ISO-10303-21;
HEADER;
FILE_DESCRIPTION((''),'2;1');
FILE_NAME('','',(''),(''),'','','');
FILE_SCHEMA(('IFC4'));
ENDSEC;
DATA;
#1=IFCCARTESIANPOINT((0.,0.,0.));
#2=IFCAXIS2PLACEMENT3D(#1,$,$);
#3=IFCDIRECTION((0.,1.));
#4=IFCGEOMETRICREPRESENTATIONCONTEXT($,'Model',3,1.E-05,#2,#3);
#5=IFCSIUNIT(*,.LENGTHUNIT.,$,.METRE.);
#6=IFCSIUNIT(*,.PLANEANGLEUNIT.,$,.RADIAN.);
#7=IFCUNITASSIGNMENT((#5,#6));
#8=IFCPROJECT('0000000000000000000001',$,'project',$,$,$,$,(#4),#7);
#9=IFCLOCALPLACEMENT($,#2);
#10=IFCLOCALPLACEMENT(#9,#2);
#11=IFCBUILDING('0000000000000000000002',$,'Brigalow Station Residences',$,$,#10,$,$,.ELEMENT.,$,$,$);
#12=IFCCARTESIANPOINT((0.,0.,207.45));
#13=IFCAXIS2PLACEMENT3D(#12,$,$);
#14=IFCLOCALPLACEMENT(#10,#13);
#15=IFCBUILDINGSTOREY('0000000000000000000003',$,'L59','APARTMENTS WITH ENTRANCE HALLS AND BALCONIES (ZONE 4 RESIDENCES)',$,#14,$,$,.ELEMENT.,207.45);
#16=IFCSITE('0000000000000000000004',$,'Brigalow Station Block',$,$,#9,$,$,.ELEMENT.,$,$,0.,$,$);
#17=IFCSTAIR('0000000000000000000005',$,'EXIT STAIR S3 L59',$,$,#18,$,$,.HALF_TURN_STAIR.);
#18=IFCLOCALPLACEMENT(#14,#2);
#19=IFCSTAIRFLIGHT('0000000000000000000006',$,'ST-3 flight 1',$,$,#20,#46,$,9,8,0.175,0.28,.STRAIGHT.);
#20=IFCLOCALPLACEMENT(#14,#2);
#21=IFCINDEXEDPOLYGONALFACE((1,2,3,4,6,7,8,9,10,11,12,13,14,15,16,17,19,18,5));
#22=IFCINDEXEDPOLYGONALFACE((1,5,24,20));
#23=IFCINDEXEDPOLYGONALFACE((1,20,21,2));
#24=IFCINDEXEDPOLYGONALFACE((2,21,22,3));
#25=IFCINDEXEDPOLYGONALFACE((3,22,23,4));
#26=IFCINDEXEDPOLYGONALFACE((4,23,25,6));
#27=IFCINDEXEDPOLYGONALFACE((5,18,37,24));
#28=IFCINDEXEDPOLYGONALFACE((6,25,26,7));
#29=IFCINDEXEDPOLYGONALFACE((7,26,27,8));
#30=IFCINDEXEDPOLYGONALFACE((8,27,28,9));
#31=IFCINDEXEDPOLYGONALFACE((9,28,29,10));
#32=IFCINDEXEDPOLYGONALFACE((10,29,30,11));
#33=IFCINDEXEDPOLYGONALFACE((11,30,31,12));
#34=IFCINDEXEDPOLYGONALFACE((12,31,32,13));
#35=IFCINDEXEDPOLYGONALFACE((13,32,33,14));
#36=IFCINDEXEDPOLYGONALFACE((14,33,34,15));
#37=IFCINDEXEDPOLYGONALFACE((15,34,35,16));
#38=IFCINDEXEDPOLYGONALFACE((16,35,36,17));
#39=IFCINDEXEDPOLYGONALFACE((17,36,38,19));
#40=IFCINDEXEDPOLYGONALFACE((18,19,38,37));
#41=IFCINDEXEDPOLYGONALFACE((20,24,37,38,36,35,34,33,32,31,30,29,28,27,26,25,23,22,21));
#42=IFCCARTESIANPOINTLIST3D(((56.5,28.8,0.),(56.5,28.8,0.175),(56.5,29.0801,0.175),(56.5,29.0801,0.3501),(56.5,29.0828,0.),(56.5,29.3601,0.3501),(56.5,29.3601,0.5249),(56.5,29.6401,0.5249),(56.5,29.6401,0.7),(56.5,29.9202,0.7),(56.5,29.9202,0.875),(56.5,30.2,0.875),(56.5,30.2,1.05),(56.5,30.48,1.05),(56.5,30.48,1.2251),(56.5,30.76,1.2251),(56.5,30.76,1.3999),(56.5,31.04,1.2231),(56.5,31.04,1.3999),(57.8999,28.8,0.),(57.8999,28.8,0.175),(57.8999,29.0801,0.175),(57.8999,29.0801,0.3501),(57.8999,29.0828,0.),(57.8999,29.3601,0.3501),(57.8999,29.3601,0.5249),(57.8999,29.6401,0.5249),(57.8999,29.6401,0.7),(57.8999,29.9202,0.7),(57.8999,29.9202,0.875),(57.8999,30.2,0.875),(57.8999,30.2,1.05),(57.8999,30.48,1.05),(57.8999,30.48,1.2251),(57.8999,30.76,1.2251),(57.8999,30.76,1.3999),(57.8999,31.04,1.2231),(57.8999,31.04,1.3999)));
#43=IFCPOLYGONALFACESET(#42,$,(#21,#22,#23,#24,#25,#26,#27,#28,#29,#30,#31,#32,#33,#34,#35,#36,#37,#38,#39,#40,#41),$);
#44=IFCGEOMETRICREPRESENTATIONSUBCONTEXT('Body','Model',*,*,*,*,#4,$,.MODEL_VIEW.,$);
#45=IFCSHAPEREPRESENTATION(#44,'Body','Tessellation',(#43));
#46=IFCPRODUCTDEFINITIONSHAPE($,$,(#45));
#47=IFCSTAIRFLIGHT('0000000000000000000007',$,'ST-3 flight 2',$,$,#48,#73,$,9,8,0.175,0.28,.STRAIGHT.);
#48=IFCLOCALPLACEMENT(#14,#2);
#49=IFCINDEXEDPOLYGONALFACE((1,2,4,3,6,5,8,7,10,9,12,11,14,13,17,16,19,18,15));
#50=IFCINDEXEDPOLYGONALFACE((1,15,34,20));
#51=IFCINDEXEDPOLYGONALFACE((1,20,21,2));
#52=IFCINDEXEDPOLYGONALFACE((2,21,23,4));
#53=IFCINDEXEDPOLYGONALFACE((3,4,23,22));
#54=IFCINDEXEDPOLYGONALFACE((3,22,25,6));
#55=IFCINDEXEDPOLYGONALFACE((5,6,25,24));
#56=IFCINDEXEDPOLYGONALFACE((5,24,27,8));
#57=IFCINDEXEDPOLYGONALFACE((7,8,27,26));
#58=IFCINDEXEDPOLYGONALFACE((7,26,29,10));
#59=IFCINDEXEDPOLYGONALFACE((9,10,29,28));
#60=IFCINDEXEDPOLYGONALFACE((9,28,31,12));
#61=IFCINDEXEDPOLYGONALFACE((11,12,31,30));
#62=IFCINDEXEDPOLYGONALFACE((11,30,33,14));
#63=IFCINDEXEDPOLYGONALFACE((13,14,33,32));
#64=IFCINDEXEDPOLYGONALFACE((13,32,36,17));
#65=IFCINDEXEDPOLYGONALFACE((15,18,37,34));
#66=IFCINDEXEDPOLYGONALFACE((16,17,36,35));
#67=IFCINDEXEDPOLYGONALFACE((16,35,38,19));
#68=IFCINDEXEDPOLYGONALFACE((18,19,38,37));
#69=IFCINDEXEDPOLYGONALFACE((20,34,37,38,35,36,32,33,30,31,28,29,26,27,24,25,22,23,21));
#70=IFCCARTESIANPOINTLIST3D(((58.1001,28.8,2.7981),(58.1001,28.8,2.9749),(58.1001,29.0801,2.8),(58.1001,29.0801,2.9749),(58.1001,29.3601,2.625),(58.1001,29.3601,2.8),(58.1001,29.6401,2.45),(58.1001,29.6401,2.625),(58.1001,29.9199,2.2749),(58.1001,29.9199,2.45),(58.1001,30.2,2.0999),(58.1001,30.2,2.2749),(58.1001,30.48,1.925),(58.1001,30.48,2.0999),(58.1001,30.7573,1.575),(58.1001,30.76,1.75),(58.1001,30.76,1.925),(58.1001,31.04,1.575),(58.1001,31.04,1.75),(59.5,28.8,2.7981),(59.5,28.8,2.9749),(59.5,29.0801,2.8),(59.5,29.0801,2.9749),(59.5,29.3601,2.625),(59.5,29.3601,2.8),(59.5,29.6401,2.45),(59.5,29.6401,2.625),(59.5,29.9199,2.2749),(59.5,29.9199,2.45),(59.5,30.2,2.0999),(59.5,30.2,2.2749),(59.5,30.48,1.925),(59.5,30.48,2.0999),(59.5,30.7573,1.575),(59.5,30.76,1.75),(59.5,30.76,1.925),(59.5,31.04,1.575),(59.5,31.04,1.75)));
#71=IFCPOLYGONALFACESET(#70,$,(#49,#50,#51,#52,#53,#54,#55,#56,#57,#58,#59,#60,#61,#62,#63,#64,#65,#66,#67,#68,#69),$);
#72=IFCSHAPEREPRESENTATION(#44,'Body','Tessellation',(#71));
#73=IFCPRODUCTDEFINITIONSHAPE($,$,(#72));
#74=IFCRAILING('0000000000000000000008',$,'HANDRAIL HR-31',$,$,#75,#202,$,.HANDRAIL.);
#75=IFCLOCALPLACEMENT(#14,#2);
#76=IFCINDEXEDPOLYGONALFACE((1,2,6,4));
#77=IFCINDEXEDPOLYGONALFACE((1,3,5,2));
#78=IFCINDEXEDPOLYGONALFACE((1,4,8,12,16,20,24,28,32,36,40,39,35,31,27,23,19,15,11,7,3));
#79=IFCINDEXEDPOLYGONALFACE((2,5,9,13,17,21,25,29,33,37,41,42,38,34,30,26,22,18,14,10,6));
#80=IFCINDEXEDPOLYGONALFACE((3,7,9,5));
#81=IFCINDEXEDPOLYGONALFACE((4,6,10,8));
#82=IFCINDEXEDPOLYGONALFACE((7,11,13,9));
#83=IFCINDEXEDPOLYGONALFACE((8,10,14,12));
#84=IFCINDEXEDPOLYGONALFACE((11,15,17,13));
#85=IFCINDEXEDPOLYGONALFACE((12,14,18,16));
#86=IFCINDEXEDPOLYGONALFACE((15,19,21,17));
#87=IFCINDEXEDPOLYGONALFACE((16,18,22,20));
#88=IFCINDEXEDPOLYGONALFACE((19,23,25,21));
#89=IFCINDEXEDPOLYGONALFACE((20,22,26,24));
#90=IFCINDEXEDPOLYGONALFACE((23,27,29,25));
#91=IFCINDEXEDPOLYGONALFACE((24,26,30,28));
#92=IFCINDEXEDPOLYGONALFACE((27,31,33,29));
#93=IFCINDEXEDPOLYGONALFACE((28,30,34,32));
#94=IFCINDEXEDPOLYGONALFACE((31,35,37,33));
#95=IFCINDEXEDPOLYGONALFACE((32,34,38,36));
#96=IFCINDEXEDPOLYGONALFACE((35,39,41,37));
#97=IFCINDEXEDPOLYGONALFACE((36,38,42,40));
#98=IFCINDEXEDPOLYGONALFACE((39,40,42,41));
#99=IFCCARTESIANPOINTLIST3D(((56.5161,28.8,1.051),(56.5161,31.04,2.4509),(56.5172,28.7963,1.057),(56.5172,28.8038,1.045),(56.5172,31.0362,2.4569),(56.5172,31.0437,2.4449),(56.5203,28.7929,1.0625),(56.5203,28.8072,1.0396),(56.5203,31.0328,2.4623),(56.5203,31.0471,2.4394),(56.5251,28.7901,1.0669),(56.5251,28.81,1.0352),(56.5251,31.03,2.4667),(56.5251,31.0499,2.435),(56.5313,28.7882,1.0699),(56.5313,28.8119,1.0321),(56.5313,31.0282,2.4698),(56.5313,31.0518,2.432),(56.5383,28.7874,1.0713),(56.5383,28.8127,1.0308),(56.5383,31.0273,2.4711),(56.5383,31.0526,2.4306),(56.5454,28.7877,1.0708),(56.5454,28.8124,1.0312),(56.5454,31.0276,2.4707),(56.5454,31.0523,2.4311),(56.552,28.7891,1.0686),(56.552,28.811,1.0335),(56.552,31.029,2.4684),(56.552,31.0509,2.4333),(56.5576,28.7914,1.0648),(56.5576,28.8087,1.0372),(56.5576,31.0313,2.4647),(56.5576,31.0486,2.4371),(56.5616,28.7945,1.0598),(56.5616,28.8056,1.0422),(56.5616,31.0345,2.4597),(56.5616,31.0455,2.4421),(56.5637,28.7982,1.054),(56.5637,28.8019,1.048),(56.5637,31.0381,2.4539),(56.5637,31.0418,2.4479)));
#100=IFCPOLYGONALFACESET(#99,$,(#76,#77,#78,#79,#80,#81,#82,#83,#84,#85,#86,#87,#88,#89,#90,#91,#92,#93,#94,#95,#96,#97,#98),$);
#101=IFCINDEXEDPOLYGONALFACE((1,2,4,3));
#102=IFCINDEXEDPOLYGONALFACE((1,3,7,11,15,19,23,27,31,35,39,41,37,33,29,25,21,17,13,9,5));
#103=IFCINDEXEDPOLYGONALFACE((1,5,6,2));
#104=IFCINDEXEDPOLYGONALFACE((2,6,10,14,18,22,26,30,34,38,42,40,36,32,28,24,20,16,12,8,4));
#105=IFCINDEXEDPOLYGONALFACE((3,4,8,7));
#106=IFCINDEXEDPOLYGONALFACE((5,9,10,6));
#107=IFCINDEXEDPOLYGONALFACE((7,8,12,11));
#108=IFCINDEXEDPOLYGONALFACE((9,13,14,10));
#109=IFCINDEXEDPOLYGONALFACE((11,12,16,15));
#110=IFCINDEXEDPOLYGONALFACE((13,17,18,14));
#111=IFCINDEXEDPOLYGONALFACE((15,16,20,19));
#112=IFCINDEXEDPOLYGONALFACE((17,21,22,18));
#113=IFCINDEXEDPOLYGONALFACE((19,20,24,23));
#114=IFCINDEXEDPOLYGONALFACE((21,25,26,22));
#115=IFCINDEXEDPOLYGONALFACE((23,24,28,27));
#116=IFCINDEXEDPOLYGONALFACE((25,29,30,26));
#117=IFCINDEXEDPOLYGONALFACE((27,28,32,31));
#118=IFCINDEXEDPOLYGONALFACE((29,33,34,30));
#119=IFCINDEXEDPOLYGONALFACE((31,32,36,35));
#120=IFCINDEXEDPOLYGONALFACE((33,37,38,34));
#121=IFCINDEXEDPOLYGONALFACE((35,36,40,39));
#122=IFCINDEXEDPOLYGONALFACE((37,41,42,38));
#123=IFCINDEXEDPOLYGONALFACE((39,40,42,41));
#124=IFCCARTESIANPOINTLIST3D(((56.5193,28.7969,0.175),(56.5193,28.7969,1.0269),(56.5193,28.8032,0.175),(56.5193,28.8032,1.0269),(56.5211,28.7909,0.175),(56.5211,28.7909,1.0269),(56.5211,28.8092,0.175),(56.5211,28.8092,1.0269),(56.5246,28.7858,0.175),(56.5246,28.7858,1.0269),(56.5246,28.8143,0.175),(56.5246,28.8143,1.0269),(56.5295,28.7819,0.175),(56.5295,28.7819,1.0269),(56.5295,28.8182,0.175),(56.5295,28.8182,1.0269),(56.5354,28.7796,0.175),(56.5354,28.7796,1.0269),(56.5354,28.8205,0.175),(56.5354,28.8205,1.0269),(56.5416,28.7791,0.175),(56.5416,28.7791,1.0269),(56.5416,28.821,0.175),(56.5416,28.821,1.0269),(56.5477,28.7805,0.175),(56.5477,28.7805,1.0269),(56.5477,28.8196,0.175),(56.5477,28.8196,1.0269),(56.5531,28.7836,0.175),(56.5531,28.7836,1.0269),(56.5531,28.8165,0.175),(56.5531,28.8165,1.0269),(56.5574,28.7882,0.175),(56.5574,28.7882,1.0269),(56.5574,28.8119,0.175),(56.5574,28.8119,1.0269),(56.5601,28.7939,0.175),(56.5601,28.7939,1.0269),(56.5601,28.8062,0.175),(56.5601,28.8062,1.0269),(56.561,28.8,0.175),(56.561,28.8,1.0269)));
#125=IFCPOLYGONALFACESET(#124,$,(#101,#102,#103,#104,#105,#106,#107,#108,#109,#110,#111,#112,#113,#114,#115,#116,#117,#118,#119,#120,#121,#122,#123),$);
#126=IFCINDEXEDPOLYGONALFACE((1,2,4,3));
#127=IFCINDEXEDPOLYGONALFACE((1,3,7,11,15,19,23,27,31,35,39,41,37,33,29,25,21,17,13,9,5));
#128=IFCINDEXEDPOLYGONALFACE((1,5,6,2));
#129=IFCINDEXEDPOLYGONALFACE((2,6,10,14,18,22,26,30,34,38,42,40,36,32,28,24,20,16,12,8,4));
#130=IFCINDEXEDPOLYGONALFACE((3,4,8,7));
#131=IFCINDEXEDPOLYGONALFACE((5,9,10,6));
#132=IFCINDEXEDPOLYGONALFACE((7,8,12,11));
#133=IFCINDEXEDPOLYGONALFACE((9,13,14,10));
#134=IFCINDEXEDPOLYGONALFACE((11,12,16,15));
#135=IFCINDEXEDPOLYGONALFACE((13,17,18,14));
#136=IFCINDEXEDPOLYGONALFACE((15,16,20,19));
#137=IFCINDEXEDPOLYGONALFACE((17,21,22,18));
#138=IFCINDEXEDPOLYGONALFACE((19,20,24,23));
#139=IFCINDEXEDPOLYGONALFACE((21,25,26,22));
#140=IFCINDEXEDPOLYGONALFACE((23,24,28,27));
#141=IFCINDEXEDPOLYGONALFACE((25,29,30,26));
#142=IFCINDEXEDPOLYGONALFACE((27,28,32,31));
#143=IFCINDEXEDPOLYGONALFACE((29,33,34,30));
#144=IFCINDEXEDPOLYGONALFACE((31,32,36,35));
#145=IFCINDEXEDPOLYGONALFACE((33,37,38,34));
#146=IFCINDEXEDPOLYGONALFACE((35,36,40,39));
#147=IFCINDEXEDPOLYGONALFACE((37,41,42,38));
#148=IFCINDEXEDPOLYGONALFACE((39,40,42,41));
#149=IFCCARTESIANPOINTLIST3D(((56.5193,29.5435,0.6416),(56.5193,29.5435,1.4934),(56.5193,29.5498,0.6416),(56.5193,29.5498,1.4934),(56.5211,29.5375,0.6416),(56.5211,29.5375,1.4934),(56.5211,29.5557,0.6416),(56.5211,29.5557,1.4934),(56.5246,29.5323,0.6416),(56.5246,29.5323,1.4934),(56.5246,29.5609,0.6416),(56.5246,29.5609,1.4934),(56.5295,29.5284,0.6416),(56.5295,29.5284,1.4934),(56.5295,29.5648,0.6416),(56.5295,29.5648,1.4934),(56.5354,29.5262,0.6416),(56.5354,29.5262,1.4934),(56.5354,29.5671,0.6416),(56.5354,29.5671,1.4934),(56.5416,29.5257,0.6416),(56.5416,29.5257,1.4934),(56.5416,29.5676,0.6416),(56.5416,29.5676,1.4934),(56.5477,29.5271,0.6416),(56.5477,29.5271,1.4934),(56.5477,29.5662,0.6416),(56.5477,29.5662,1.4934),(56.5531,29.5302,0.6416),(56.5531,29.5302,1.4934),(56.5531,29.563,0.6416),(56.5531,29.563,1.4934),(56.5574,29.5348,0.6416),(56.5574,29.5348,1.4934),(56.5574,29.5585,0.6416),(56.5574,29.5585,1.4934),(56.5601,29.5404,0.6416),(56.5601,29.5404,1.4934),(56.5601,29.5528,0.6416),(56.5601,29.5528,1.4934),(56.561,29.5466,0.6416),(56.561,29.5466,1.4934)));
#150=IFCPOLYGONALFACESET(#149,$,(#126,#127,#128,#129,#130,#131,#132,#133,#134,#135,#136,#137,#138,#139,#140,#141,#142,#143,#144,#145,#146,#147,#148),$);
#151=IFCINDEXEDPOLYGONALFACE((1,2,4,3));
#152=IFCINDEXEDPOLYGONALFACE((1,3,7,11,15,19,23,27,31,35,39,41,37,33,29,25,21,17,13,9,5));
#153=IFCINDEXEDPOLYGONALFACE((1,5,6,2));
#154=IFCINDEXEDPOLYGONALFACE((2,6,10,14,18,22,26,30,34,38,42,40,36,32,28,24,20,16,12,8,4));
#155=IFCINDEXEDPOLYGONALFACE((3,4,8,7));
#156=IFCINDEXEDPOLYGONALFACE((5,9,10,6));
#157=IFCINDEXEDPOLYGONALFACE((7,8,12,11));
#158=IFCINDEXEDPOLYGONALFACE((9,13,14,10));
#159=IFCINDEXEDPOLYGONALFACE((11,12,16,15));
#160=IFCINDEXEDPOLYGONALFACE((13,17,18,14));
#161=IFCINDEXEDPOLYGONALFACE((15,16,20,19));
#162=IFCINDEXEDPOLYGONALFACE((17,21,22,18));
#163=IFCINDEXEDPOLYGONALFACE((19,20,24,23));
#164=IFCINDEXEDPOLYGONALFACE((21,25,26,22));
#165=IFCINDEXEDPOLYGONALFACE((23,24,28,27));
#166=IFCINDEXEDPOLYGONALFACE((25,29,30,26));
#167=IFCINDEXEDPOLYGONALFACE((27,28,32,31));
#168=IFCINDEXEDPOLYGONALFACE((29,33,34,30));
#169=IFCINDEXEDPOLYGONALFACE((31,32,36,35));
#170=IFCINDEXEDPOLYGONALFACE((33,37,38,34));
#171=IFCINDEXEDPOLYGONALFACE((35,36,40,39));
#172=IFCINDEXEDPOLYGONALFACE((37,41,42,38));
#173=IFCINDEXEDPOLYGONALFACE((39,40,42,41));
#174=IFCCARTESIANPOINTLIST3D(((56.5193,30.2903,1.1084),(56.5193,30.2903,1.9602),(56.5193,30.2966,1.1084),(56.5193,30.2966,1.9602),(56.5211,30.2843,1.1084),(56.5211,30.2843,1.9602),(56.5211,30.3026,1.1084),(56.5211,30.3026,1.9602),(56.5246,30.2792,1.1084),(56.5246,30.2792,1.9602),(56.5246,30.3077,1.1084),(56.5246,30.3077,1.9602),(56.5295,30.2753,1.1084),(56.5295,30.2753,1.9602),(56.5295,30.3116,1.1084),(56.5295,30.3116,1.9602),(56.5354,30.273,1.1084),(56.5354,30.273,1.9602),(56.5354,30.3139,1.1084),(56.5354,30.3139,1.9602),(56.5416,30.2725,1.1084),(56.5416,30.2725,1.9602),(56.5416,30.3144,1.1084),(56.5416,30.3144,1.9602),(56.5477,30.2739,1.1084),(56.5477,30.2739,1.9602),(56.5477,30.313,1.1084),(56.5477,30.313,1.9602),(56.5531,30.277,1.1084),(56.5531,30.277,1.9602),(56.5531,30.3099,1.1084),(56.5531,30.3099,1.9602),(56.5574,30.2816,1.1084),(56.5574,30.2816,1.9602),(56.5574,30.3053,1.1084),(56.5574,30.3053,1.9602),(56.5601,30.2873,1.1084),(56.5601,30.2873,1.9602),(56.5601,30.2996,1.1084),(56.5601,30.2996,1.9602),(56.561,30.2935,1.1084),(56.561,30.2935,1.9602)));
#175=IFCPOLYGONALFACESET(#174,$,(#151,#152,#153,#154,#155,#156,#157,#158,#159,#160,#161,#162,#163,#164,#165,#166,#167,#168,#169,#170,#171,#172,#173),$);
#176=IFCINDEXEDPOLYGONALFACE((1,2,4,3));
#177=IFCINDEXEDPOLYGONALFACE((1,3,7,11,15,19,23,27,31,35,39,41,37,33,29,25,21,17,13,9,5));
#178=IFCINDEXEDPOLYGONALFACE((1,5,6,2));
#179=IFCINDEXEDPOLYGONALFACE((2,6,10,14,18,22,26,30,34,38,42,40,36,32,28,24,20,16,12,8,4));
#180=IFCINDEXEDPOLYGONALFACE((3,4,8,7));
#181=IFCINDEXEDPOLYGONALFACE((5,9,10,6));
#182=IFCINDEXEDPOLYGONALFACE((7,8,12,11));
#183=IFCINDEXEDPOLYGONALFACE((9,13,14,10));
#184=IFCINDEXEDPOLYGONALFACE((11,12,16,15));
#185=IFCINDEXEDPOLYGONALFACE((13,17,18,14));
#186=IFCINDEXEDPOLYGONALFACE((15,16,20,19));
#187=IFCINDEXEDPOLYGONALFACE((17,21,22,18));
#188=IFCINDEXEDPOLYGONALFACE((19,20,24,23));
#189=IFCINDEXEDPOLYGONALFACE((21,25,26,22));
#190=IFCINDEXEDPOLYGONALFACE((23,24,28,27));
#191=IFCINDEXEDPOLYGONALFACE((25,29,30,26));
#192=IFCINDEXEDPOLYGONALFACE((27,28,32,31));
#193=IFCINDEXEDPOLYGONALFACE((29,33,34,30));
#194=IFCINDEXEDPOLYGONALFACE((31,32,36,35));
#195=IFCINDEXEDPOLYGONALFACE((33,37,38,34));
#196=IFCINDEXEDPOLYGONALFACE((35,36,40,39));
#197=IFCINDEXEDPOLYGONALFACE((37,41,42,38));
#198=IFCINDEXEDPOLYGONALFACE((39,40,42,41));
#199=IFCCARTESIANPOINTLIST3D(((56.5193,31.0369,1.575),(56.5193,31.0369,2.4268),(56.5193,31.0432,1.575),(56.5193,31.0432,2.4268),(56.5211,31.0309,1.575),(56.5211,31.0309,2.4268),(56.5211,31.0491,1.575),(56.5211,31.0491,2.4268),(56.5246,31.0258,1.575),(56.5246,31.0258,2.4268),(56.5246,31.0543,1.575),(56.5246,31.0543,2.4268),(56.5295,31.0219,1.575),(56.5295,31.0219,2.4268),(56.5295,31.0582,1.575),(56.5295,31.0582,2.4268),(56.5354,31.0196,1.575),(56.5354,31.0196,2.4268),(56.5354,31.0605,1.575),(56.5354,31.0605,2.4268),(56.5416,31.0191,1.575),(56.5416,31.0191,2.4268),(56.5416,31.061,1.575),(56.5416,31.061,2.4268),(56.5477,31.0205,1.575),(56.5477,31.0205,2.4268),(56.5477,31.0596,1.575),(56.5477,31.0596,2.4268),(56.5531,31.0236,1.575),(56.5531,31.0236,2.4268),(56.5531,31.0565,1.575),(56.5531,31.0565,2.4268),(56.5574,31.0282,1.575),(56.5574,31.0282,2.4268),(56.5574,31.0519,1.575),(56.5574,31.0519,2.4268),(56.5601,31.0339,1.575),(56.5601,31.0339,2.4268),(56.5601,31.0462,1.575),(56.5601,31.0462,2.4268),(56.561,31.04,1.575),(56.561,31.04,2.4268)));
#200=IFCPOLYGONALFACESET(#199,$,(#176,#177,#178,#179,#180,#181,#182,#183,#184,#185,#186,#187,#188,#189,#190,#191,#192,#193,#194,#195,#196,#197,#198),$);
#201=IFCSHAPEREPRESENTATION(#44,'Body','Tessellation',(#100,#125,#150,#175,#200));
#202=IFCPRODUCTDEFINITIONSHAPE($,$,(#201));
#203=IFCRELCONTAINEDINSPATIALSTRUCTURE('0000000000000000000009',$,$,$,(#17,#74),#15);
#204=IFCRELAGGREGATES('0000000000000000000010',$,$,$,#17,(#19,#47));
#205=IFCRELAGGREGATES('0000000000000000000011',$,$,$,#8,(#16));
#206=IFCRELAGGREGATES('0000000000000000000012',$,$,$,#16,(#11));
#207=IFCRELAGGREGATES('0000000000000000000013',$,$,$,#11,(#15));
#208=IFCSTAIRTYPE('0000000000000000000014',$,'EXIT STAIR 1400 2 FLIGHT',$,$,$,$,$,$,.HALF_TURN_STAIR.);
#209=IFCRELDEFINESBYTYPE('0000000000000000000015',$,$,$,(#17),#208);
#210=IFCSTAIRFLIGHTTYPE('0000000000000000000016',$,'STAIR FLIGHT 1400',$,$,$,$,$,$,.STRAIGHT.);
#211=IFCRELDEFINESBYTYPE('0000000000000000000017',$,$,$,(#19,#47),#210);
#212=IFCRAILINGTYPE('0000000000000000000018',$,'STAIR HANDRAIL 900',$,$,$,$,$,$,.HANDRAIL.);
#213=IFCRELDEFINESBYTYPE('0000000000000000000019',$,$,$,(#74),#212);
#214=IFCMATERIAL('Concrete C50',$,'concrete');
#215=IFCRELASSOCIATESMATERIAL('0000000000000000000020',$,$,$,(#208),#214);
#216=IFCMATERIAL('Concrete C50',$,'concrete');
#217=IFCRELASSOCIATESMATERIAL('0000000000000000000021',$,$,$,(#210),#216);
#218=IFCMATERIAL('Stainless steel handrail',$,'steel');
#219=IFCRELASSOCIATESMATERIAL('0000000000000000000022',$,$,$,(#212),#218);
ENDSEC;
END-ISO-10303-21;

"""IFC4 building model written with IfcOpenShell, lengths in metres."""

from ifc_helpers import new_model, si_unit, direction, frame, origin, origin_2d, place, context, subcontext, project, spatial, polyline, circle, outline, extrude, material, type_object, element, aggregate, save


model = new_model("IFC4")

# Units and contexts
model_context = context("Model", 3, precision=1e-05, world=origin(), true_north=direction((0.0, 1.0)))
body_context = subcontext(model_context, "Body", "Model", "MODEL_VIEW")
ifc_project = project(units=[si_unit("LENGTHUNIT", "METRE"), si_unit("PLANEANGLEUNIT", "RADIAN")], contexts=[model_context])

# Site, building, storey
site_placement = place(None, origin())
site = spatial("IfcSite", under=ifc_project, at=site_placement, Name="Brigalow Station Block", CompositionType="ELEMENT", RefElevation=0.0)
building_placement = place(site_placement, origin())
building = spatial("IfcBuilding", under=site, at=building_placement, Name="Brigalow Station Residences", CompositionType="ELEMENT")
storey_placement = place(building_placement, frame((0.0, 0.0, 207.45)))
storey = spatial("IfcBuildingStorey", under=building, at=storey_placement, Name="L59", Description="APARTMENTS WITH ENTRANCE HALLS AND BALCONIES (ZONE 4 RESIDENCES)", CompositionType="ELEMENT", Elevation=207.45)

# Stair, stair flights
ifc_material_1 = material(Name="Concrete C50", Category="concrete")
stair_type = type_object("IfcStairType", Name="EXIT STAIR 1400 2 FLIGHT", PredefinedType="HALF_TURN_STAIR", material=ifc_material_1)
stair_placement = place(storey_placement, origin())
stair = element("IfcStair", 1, at=stair_placement, inside=storey, type_object=stair_type, Name="EXIT STAIR S3 L59", PredefinedType="HALF_TURN_STAIR")
ifc_material_2 = material(Name="Concrete C50", Category="concrete")
stair_flight_type = type_object("IfcStairFlightType", Name="STAIR FLIGHT 1400", PredefinedType="STRAIGHT", material=ifc_material_2)
stair_flight_1_placement = place(storey_placement, frame((57.2, 28.8, 0.0), z_axis=(0.0, 0.0, 1.0), x_axis=(0.0, 1.0, 0.0)))
stair_flight_1 = element("IfcStairFlight", 2, at=stair_flight_1_placement, type_object=stair_flight_type, Name="ST-3 flight 1", NumberOfRisers=9, NumberOfTreads=8, PredefinedType="STRAIGHT", RiserHeight=0.175, TreadLength=0.28, context=body_context, shape_type="SweptSolid", body=[
    extrude(outline(polyline([(0.0, 0.0), (0.0, 0.175), (0.28, 0.175), (0.28, 0.3501), (0.5601, 0.3501), (0.5601, 0.5249), (0.8401, 0.5249), (0.8401, 0.7), (1.1201, 0.7), (1.1201, 0.875), (1.3999, 0.875), (1.3999, 1.05), (1.6799, 1.05), (1.6799, 1.2251), (1.96, 1.2251), (1.96, 1.3999), (2.24, 1.3999), (2.24, 1.575), (2.24, 1.2231), (0.2827, 0.0), (0.0, 0.0)])), frame((0.0, 0.7, 0.0), z_axis=(0.0, -1.0, 0.0), x_axis=(1.0, 0.0, 0.0)), (0.0, 0.0, 1.0), 1.3999),
])
stair_flight_2_placement = place(storey_placement, frame((58.8, 31.04, 1.575), z_axis=(0.0, 0.0, 1.0), x_axis=(0.0, -1.0, 0.0)))
stair_flight_2 = element("IfcStairFlight", 3, at=stair_flight_2_placement, type_object=stair_flight_type, Name="ST-3 flight 2", NumberOfRisers=9, NumberOfTreads=8, PredefinedType="STRAIGHT", RiserHeight=0.175, TreadLength=0.28, context=body_context, shape_type="SweptSolid", body=[
    extrude(outline(polyline([(0.0, 0.0), (0.0, 0.175), (0.28, 0.175), (0.28, 0.3501), (0.5601, 0.3501), (0.5601, 0.5249), (0.8401, 0.5249), (0.8401, 0.7), (1.1201, 0.7), (1.1201, 0.875), (1.3999, 0.875), (1.3999, 1.05), (1.6799, 1.05), (1.6799, 1.2251), (1.96, 1.2251), (1.96, 1.3999), (2.24, 1.3999), (2.24, 1.575), (2.24, 1.2231), (0.2827, 0.0), (0.0, 0.0)])), frame((0.0, 0.7, 0.0), z_axis=(0.0, -1.0, 0.0), x_axis=(1.0, 0.0, 0.0)), (0.0, 0.0, 1.0), 1.3999),
])
aggregate(stair, [stair_flight_1, stair_flight_2])

# Railing
ifc_material_3 = material(Name="Stainless steel handrail", Category="steel")
railing_type_1 = type_object("IfcRailingType", Name="STAIR HANDRAIL 900", PredefinedType="HANDRAIL", material=ifc_material_3)
railing_1_placement = place(storey_placement, frame((56.54, 28.8, 0.175)))
element("IfcRailing", 4, at=railing_1_placement, inside=storey, type_object=railing_type_1, Name="HANDRAIL HR-31", PredefinedType="HANDRAIL", context=body_context, shape_type="SweptSolid", body=[
    extrude(circle(Radius=0.0239, at=origin_2d()), frame((0.0, 0.0, 0.876), z_axis=(0.0, 0.848014, 0.529974), x_axis=(-1.0, 0.0, 0.0)), (0.0, 0.0, 1.0), 2.6414),
    extrude(circle(Radius=0.021, at=origin_2d()), origin(), (0.0, 0.0, 1.0), 0.8518),
    extrude(circle(Radius=0.021, at=origin_2d()), frame((0.0, 0.7466, 0.4666)), (0.0, 0.0, 1.0), 0.8518),
    extrude(circle(Radius=0.021, at=origin_2d()), frame((0.0, 1.4934, 0.9333)), (0.0, 0.0, 1.0), 0.8518),
    extrude(circle(Radius=0.021, at=origin_2d()), frame((0.0, 2.24, 1.3999)), (0.0, 0.0, 1.0), 0.8518),
])

save(model, "model.ifc")
